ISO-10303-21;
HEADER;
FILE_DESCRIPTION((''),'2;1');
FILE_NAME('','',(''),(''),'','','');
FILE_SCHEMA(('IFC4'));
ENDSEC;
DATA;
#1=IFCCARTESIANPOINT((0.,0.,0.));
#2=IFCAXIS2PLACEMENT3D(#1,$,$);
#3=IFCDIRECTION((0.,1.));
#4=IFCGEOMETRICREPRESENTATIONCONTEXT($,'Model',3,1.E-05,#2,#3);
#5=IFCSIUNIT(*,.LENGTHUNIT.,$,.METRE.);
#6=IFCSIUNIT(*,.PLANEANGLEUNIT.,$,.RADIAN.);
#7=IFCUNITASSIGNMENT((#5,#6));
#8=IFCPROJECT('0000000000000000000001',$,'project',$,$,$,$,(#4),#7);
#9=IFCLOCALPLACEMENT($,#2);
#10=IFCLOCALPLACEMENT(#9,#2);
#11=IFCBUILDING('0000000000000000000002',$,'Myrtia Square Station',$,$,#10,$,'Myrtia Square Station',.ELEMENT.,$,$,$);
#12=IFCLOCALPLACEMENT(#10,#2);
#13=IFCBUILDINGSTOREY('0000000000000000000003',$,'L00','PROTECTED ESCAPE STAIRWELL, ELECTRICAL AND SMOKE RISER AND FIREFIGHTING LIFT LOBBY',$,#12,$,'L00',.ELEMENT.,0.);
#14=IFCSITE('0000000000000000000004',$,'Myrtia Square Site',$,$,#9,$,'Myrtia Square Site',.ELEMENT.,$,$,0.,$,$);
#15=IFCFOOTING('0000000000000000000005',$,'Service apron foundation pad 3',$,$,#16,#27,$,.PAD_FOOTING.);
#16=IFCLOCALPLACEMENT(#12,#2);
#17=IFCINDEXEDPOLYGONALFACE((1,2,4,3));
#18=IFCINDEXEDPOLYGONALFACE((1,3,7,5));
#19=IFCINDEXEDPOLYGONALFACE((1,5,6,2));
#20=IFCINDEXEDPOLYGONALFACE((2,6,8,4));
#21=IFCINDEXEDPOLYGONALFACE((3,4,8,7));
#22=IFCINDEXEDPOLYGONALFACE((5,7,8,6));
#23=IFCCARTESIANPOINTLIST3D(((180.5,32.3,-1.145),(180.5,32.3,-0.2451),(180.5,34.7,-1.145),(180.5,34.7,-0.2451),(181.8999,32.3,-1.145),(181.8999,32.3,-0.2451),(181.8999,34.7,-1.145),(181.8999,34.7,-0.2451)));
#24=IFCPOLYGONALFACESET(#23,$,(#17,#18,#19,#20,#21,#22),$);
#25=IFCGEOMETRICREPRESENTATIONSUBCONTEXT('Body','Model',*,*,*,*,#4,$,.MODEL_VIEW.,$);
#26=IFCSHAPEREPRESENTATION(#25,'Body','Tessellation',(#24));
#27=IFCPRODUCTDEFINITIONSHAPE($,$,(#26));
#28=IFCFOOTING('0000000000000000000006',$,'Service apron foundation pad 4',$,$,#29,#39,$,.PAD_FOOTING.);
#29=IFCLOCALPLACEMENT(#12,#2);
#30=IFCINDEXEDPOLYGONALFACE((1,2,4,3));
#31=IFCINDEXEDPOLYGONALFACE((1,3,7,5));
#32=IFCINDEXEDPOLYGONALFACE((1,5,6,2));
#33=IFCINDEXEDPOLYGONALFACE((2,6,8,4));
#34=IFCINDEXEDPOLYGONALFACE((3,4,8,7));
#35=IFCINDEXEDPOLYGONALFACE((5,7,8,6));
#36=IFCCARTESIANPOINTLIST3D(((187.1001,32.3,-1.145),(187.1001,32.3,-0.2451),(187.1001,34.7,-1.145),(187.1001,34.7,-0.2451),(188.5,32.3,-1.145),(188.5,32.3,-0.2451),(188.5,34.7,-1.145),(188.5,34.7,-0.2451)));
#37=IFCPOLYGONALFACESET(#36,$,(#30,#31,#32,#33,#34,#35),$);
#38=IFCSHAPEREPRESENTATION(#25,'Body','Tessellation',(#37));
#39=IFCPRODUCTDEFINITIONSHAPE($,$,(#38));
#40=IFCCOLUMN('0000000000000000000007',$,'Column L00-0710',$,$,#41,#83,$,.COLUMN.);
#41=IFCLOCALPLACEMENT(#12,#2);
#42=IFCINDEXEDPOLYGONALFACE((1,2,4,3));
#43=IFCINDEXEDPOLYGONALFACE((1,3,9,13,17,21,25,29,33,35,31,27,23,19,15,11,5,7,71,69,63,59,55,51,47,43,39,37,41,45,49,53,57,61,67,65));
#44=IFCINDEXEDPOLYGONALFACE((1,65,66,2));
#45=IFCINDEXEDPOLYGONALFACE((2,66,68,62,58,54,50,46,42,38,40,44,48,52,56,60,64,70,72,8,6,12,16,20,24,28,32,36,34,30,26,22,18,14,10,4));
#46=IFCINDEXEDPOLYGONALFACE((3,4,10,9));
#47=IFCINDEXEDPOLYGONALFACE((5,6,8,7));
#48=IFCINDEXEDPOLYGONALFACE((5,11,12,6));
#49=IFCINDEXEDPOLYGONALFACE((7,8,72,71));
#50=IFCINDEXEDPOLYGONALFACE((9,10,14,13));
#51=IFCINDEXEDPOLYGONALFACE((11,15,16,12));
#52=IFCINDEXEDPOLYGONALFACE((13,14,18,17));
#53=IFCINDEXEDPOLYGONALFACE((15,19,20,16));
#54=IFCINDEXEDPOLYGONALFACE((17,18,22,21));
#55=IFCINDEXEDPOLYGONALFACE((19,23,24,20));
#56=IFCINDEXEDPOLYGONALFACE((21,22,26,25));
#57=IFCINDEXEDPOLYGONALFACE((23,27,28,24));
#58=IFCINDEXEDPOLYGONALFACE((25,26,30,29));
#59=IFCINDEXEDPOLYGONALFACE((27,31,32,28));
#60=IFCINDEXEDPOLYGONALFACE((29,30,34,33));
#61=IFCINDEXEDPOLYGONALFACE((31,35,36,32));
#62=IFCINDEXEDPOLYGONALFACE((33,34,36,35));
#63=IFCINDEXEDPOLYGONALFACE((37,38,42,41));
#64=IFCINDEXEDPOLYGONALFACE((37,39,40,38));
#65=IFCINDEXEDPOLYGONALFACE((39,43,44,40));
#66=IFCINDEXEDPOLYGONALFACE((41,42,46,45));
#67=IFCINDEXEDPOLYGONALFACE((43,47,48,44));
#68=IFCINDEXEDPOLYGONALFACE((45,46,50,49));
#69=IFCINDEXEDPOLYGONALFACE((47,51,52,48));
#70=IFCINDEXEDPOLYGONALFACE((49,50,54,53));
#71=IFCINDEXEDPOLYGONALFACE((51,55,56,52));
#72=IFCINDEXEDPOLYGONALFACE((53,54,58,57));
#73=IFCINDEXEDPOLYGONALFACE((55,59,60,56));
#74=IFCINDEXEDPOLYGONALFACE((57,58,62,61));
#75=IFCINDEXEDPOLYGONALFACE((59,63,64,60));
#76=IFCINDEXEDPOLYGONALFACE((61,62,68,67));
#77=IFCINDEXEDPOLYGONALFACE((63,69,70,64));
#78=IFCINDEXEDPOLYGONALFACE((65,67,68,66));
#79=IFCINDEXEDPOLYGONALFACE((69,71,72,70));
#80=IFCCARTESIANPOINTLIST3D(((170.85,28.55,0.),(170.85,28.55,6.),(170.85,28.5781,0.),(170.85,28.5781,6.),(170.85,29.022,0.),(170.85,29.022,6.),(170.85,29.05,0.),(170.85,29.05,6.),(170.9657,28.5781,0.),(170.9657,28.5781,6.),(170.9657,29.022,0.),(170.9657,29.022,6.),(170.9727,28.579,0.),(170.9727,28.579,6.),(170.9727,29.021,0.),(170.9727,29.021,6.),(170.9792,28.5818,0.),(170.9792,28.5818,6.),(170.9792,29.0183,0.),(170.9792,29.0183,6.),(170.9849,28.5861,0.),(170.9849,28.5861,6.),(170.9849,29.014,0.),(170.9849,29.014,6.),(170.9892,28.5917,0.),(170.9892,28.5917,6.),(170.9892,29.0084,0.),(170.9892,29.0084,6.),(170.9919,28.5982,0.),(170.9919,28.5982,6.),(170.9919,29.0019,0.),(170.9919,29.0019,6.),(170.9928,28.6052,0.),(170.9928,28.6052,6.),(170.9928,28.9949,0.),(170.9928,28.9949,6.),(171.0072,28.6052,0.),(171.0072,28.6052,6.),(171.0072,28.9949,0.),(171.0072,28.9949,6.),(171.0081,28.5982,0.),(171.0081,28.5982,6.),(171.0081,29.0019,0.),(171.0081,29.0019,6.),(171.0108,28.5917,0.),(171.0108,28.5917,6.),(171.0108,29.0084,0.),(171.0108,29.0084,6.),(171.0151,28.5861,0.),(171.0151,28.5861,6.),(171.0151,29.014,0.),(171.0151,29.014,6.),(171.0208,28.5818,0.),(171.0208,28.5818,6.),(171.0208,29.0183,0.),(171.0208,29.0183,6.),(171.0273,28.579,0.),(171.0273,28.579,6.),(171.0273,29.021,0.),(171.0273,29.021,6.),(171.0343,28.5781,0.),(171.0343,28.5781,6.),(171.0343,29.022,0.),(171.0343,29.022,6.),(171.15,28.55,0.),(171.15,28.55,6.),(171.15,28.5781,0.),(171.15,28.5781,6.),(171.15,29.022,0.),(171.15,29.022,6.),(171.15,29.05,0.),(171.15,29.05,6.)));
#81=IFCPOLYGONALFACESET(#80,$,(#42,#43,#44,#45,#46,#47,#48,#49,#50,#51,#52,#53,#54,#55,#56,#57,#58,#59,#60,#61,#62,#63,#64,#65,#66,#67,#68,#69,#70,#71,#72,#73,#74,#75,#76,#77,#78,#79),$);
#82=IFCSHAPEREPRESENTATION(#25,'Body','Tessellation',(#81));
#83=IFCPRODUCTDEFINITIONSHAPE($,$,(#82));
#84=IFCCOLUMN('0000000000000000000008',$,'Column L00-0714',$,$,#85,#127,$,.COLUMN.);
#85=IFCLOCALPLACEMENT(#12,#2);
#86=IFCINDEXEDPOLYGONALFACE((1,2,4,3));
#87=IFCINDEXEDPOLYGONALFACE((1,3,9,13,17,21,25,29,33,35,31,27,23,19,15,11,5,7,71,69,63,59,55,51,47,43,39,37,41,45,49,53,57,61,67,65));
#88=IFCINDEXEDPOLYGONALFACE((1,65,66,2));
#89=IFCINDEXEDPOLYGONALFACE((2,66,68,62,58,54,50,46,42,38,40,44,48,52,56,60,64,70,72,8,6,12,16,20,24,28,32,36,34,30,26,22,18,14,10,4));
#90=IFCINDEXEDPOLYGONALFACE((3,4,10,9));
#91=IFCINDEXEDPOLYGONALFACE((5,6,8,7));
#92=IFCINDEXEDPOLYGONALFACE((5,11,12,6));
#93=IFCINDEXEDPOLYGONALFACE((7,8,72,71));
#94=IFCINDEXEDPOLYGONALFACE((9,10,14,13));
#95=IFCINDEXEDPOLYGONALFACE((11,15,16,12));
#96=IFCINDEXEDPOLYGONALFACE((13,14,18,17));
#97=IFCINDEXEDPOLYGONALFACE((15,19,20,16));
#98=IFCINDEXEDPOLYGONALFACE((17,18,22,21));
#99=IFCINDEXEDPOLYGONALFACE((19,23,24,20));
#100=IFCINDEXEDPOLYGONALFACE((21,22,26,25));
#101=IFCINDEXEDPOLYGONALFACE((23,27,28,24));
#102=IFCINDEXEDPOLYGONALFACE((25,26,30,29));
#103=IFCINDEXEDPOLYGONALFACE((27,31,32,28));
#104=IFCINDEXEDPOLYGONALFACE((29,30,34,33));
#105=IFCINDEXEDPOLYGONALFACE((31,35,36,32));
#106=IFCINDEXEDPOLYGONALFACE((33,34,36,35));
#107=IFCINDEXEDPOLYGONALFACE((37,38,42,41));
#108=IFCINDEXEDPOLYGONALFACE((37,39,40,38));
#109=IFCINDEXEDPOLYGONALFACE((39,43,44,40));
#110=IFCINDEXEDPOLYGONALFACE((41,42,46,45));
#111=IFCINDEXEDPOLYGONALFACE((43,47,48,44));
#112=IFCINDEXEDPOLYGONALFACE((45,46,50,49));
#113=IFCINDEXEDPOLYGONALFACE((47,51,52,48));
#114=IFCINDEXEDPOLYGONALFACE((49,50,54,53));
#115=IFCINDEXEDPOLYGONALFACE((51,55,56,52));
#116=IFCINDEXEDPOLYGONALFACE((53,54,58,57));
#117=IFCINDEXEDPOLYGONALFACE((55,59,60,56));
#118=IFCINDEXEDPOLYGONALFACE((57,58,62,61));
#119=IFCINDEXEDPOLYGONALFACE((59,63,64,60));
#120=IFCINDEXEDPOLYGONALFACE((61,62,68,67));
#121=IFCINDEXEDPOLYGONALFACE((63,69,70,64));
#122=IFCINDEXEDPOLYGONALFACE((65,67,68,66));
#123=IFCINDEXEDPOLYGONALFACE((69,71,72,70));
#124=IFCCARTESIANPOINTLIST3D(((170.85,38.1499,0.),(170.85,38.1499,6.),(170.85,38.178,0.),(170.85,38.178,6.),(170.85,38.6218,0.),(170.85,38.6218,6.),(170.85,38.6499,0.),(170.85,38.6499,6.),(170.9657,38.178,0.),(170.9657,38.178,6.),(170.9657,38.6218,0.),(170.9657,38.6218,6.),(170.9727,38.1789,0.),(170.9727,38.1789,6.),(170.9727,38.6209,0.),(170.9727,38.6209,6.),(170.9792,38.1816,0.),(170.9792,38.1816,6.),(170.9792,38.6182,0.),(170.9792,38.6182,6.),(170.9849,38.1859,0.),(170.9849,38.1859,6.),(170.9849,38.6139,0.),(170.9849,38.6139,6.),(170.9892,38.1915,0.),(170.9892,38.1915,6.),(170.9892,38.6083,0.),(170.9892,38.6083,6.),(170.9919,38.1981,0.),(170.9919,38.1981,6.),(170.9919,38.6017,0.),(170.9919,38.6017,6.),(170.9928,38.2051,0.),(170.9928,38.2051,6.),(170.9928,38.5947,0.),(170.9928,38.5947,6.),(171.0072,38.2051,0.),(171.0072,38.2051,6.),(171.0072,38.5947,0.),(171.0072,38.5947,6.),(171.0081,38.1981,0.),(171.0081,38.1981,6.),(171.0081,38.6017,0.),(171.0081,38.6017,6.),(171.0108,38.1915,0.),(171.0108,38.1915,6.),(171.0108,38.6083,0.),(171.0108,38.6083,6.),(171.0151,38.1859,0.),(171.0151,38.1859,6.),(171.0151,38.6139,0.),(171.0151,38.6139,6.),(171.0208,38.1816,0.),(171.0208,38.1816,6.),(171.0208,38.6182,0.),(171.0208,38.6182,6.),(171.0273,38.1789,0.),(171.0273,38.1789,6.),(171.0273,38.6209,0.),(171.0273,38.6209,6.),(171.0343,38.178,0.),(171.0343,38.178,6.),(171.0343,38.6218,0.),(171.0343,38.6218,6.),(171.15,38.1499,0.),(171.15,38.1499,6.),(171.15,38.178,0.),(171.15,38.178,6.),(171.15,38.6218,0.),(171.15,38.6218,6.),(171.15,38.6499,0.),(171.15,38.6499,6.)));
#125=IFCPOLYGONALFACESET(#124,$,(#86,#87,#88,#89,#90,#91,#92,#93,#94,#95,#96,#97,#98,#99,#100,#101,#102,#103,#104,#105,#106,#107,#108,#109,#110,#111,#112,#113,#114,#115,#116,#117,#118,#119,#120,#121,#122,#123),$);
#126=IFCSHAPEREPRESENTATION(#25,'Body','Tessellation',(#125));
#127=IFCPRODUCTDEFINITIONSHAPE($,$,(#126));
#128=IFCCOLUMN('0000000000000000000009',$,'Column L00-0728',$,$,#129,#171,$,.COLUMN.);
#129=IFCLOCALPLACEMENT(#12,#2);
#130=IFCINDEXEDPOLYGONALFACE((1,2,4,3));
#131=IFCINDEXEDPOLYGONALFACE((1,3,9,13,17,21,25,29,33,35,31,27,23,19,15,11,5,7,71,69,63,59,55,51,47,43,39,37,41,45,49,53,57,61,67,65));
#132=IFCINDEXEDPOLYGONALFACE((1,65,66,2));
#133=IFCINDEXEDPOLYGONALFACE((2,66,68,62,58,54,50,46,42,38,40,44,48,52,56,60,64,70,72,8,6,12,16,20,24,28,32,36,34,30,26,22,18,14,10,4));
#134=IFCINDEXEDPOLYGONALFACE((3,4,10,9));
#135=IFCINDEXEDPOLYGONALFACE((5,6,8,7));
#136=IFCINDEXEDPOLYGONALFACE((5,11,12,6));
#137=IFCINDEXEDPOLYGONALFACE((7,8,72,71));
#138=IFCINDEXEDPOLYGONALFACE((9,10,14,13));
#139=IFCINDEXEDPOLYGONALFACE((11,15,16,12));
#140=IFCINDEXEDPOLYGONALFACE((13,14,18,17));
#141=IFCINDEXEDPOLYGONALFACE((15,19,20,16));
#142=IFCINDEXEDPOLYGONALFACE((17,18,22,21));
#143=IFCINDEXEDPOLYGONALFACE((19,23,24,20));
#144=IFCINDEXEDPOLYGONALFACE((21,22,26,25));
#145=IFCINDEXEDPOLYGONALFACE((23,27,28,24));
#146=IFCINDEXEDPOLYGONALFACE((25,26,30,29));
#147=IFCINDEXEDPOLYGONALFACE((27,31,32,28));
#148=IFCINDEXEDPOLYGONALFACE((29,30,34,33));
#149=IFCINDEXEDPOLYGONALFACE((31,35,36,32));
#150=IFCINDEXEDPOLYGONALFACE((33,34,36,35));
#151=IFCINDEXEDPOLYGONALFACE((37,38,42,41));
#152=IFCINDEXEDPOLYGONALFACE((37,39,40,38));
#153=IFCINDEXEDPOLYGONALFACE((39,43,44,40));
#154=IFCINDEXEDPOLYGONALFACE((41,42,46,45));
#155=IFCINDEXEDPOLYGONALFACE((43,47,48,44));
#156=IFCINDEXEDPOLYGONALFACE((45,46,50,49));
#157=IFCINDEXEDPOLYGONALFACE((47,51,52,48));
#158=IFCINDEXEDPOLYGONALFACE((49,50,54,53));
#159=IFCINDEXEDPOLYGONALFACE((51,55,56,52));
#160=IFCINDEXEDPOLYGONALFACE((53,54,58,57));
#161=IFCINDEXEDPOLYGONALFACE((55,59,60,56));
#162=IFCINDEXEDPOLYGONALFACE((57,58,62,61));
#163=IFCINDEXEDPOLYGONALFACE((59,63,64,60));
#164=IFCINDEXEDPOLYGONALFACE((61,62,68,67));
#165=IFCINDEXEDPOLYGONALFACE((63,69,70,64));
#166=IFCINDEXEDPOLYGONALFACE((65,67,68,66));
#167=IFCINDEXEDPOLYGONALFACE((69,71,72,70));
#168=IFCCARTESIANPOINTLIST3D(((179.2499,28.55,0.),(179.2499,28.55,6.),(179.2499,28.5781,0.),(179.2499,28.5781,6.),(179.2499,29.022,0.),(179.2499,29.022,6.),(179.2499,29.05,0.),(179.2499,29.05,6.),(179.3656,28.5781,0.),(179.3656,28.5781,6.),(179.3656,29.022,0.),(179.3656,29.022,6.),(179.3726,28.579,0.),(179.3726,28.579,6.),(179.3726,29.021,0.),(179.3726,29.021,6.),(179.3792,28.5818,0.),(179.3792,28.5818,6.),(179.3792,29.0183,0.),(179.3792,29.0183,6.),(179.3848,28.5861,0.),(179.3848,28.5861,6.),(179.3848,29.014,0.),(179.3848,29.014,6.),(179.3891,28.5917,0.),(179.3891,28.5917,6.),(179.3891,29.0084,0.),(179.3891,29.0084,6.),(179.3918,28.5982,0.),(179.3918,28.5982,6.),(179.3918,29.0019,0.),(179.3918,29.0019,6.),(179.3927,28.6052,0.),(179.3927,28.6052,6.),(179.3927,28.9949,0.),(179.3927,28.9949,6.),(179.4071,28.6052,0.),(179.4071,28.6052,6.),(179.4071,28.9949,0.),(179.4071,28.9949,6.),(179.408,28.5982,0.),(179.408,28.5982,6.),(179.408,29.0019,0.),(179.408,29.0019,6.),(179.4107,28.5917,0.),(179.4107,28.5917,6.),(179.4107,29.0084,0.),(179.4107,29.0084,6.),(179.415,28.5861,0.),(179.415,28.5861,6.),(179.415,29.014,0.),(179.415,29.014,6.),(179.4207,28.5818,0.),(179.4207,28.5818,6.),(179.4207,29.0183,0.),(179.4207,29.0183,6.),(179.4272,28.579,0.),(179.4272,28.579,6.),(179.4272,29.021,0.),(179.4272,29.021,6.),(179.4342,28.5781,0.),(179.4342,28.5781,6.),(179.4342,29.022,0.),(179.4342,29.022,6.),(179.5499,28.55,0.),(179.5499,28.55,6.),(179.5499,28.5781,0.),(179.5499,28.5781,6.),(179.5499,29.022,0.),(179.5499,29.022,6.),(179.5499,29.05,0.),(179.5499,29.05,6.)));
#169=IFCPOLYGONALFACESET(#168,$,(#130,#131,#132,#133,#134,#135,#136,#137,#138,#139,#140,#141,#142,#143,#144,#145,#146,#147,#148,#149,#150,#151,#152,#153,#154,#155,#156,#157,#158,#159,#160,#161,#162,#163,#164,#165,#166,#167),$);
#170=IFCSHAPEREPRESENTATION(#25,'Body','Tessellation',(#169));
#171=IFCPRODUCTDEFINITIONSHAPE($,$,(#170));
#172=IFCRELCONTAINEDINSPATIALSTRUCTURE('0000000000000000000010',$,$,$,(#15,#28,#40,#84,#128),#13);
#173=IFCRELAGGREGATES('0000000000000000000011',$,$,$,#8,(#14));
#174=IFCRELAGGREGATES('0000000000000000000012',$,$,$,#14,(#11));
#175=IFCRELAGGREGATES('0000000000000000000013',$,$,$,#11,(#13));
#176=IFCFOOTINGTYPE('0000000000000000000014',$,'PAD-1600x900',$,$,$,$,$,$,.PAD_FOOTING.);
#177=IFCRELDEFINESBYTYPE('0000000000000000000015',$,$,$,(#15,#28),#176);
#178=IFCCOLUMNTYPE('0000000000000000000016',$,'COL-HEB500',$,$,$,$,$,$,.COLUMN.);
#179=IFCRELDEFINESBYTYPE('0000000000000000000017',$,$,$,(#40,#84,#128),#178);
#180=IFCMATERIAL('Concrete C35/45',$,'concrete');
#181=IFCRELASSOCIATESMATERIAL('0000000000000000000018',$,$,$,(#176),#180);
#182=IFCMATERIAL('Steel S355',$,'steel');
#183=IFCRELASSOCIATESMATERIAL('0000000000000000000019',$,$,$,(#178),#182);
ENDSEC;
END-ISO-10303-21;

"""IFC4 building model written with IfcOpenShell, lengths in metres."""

from ifc_helpers import new_model, si_unit, direction, frame, origin, origin_2d, place, context, subcontext, project, spatial, rectangle, i_section, extrude, material, material_profile, profile_set, type_object, element, save


model = new_model("IFC4")

# Units and contexts
model_context = context("Model", 3, precision=1e-05, world=origin(), true_north=direction((0.0, 1.0)))
body_context = subcontext(model_context, "Body", "Model", "MODEL_VIEW")
ifc_project = project(units=[si_unit("LENGTHUNIT", "METRE"), si_unit("PLANEANGLEUNIT", "RADIAN")], contexts=[model_context])

# Site, building, storey
site_placement = place(None, origin())
site = spatial("IfcSite", under=ifc_project, at=site_placement, Name="Myrtia Square Site", LongName="Myrtia Square Site", CompositionType="ELEMENT", RefElevation=0.0)
building_placement = place(site_placement, origin())
building = spatial("IfcBuilding", under=site, at=building_placement, Name="Myrtia Square Station", LongName="Myrtia Square Station", CompositionType="ELEMENT")
storey_placement = place(building_placement, origin())
storey = spatial("IfcBuildingStorey", under=building, at=storey_placement, Name="L00", Description="PROTECTED ESCAPE STAIRWELL, ELECTRICAL AND SMOKE RISER AND FIREFIGHTING LIFT LOBBY", LongName="L00", CompositionType="ELEMENT", Elevation=0.0)

# Footings
ifc_material_1 = material(Name="Concrete C35/45", Category="concrete")
footing_type = type_object("IfcFootingType", Name="PAD-1600x900", PredefinedType="PAD_FOOTING", material=ifc_material_1)
for number, where, z_axis, x_axis, name in (
    (1, (181.2, 33.5, -1.145), (0.0, 0.0, 1.0), (1.0, 0.0, 0.0), "Service apron foundation pad 3"),
    (2, (187.8, 33.5, -1.145), (0.0, 0.0, 1.0), (1.0, 0.0, 0.0), "Service apron foundation pad 4"),
):
    element("IfcFooting", number, at=place(storey_placement, frame(where, z_axis=z_axis, x_axis=x_axis)), inside=storey, type_object=footing_type, Name=name, PredefinedType="PAD_FOOTING", context=body_context, shape_type="SweptSolid", body=[
        extrude(rectangle(XDim=1.3999, YDim=2.3999, at=origin_2d()), origin(), (0.0, 0.0, 1.0), 0.8999),
    ])

# Columns
ifc_material_2 = material(Name="Steel S355", Category="steel")
ifc_material_profile_1 = material_profile(ifc_material_2, i_section(OverallWidth=0.3, OverallDepth=0.5, WebThickness=0.0144, FlangeThickness=0.0281, FilletRadius=0.0271, at=origin_2d()), Name="HEB 500")
ifc_profile_set_1 = profile_set([ifc_material_profile_1], Name="Steel S355")
column_type_1 = type_object("IfcColumnType", Name="COL-HEB500", PredefinedType="COLUMN", material=ifc_profile_set_1)
for number, where, z_axis, x_axis, name in (
    (3, (171.0, 28.8, 0.0), (0.0, 0.0, 1.0), (1.0, 0.0, 0.0), "Column L00-0710"),
    (4, (171.0, 38.3999, 0.0), (0.0, 0.0, 1.0), (1.0, 0.0, 0.0), "Column L00-0714"),
    (5, (179.3999, 28.8, 0.0), (0.0, 0.0, 1.0), (1.0, 0.0, 0.0), "Column L00-0728"),
):
    element("IfcColumn", number, at=place(storey_placement, frame(where, z_axis=z_axis, x_axis=x_axis)), inside=storey, type_object=column_type_1, Name=name, PredefinedType="COLUMN", context=body_context, shape_type="SweptSolid", body=[
        extrude(i_section(OverallWidth=0.3, OverallDepth=0.5, WebThickness=0.0144, FlangeThickness=0.0281, FilletRadius=0.0271, at=origin_2d()), origin(), (0.0, 0.0, 1.0), 6.0),
    ])

save(model, "model.ifc")
